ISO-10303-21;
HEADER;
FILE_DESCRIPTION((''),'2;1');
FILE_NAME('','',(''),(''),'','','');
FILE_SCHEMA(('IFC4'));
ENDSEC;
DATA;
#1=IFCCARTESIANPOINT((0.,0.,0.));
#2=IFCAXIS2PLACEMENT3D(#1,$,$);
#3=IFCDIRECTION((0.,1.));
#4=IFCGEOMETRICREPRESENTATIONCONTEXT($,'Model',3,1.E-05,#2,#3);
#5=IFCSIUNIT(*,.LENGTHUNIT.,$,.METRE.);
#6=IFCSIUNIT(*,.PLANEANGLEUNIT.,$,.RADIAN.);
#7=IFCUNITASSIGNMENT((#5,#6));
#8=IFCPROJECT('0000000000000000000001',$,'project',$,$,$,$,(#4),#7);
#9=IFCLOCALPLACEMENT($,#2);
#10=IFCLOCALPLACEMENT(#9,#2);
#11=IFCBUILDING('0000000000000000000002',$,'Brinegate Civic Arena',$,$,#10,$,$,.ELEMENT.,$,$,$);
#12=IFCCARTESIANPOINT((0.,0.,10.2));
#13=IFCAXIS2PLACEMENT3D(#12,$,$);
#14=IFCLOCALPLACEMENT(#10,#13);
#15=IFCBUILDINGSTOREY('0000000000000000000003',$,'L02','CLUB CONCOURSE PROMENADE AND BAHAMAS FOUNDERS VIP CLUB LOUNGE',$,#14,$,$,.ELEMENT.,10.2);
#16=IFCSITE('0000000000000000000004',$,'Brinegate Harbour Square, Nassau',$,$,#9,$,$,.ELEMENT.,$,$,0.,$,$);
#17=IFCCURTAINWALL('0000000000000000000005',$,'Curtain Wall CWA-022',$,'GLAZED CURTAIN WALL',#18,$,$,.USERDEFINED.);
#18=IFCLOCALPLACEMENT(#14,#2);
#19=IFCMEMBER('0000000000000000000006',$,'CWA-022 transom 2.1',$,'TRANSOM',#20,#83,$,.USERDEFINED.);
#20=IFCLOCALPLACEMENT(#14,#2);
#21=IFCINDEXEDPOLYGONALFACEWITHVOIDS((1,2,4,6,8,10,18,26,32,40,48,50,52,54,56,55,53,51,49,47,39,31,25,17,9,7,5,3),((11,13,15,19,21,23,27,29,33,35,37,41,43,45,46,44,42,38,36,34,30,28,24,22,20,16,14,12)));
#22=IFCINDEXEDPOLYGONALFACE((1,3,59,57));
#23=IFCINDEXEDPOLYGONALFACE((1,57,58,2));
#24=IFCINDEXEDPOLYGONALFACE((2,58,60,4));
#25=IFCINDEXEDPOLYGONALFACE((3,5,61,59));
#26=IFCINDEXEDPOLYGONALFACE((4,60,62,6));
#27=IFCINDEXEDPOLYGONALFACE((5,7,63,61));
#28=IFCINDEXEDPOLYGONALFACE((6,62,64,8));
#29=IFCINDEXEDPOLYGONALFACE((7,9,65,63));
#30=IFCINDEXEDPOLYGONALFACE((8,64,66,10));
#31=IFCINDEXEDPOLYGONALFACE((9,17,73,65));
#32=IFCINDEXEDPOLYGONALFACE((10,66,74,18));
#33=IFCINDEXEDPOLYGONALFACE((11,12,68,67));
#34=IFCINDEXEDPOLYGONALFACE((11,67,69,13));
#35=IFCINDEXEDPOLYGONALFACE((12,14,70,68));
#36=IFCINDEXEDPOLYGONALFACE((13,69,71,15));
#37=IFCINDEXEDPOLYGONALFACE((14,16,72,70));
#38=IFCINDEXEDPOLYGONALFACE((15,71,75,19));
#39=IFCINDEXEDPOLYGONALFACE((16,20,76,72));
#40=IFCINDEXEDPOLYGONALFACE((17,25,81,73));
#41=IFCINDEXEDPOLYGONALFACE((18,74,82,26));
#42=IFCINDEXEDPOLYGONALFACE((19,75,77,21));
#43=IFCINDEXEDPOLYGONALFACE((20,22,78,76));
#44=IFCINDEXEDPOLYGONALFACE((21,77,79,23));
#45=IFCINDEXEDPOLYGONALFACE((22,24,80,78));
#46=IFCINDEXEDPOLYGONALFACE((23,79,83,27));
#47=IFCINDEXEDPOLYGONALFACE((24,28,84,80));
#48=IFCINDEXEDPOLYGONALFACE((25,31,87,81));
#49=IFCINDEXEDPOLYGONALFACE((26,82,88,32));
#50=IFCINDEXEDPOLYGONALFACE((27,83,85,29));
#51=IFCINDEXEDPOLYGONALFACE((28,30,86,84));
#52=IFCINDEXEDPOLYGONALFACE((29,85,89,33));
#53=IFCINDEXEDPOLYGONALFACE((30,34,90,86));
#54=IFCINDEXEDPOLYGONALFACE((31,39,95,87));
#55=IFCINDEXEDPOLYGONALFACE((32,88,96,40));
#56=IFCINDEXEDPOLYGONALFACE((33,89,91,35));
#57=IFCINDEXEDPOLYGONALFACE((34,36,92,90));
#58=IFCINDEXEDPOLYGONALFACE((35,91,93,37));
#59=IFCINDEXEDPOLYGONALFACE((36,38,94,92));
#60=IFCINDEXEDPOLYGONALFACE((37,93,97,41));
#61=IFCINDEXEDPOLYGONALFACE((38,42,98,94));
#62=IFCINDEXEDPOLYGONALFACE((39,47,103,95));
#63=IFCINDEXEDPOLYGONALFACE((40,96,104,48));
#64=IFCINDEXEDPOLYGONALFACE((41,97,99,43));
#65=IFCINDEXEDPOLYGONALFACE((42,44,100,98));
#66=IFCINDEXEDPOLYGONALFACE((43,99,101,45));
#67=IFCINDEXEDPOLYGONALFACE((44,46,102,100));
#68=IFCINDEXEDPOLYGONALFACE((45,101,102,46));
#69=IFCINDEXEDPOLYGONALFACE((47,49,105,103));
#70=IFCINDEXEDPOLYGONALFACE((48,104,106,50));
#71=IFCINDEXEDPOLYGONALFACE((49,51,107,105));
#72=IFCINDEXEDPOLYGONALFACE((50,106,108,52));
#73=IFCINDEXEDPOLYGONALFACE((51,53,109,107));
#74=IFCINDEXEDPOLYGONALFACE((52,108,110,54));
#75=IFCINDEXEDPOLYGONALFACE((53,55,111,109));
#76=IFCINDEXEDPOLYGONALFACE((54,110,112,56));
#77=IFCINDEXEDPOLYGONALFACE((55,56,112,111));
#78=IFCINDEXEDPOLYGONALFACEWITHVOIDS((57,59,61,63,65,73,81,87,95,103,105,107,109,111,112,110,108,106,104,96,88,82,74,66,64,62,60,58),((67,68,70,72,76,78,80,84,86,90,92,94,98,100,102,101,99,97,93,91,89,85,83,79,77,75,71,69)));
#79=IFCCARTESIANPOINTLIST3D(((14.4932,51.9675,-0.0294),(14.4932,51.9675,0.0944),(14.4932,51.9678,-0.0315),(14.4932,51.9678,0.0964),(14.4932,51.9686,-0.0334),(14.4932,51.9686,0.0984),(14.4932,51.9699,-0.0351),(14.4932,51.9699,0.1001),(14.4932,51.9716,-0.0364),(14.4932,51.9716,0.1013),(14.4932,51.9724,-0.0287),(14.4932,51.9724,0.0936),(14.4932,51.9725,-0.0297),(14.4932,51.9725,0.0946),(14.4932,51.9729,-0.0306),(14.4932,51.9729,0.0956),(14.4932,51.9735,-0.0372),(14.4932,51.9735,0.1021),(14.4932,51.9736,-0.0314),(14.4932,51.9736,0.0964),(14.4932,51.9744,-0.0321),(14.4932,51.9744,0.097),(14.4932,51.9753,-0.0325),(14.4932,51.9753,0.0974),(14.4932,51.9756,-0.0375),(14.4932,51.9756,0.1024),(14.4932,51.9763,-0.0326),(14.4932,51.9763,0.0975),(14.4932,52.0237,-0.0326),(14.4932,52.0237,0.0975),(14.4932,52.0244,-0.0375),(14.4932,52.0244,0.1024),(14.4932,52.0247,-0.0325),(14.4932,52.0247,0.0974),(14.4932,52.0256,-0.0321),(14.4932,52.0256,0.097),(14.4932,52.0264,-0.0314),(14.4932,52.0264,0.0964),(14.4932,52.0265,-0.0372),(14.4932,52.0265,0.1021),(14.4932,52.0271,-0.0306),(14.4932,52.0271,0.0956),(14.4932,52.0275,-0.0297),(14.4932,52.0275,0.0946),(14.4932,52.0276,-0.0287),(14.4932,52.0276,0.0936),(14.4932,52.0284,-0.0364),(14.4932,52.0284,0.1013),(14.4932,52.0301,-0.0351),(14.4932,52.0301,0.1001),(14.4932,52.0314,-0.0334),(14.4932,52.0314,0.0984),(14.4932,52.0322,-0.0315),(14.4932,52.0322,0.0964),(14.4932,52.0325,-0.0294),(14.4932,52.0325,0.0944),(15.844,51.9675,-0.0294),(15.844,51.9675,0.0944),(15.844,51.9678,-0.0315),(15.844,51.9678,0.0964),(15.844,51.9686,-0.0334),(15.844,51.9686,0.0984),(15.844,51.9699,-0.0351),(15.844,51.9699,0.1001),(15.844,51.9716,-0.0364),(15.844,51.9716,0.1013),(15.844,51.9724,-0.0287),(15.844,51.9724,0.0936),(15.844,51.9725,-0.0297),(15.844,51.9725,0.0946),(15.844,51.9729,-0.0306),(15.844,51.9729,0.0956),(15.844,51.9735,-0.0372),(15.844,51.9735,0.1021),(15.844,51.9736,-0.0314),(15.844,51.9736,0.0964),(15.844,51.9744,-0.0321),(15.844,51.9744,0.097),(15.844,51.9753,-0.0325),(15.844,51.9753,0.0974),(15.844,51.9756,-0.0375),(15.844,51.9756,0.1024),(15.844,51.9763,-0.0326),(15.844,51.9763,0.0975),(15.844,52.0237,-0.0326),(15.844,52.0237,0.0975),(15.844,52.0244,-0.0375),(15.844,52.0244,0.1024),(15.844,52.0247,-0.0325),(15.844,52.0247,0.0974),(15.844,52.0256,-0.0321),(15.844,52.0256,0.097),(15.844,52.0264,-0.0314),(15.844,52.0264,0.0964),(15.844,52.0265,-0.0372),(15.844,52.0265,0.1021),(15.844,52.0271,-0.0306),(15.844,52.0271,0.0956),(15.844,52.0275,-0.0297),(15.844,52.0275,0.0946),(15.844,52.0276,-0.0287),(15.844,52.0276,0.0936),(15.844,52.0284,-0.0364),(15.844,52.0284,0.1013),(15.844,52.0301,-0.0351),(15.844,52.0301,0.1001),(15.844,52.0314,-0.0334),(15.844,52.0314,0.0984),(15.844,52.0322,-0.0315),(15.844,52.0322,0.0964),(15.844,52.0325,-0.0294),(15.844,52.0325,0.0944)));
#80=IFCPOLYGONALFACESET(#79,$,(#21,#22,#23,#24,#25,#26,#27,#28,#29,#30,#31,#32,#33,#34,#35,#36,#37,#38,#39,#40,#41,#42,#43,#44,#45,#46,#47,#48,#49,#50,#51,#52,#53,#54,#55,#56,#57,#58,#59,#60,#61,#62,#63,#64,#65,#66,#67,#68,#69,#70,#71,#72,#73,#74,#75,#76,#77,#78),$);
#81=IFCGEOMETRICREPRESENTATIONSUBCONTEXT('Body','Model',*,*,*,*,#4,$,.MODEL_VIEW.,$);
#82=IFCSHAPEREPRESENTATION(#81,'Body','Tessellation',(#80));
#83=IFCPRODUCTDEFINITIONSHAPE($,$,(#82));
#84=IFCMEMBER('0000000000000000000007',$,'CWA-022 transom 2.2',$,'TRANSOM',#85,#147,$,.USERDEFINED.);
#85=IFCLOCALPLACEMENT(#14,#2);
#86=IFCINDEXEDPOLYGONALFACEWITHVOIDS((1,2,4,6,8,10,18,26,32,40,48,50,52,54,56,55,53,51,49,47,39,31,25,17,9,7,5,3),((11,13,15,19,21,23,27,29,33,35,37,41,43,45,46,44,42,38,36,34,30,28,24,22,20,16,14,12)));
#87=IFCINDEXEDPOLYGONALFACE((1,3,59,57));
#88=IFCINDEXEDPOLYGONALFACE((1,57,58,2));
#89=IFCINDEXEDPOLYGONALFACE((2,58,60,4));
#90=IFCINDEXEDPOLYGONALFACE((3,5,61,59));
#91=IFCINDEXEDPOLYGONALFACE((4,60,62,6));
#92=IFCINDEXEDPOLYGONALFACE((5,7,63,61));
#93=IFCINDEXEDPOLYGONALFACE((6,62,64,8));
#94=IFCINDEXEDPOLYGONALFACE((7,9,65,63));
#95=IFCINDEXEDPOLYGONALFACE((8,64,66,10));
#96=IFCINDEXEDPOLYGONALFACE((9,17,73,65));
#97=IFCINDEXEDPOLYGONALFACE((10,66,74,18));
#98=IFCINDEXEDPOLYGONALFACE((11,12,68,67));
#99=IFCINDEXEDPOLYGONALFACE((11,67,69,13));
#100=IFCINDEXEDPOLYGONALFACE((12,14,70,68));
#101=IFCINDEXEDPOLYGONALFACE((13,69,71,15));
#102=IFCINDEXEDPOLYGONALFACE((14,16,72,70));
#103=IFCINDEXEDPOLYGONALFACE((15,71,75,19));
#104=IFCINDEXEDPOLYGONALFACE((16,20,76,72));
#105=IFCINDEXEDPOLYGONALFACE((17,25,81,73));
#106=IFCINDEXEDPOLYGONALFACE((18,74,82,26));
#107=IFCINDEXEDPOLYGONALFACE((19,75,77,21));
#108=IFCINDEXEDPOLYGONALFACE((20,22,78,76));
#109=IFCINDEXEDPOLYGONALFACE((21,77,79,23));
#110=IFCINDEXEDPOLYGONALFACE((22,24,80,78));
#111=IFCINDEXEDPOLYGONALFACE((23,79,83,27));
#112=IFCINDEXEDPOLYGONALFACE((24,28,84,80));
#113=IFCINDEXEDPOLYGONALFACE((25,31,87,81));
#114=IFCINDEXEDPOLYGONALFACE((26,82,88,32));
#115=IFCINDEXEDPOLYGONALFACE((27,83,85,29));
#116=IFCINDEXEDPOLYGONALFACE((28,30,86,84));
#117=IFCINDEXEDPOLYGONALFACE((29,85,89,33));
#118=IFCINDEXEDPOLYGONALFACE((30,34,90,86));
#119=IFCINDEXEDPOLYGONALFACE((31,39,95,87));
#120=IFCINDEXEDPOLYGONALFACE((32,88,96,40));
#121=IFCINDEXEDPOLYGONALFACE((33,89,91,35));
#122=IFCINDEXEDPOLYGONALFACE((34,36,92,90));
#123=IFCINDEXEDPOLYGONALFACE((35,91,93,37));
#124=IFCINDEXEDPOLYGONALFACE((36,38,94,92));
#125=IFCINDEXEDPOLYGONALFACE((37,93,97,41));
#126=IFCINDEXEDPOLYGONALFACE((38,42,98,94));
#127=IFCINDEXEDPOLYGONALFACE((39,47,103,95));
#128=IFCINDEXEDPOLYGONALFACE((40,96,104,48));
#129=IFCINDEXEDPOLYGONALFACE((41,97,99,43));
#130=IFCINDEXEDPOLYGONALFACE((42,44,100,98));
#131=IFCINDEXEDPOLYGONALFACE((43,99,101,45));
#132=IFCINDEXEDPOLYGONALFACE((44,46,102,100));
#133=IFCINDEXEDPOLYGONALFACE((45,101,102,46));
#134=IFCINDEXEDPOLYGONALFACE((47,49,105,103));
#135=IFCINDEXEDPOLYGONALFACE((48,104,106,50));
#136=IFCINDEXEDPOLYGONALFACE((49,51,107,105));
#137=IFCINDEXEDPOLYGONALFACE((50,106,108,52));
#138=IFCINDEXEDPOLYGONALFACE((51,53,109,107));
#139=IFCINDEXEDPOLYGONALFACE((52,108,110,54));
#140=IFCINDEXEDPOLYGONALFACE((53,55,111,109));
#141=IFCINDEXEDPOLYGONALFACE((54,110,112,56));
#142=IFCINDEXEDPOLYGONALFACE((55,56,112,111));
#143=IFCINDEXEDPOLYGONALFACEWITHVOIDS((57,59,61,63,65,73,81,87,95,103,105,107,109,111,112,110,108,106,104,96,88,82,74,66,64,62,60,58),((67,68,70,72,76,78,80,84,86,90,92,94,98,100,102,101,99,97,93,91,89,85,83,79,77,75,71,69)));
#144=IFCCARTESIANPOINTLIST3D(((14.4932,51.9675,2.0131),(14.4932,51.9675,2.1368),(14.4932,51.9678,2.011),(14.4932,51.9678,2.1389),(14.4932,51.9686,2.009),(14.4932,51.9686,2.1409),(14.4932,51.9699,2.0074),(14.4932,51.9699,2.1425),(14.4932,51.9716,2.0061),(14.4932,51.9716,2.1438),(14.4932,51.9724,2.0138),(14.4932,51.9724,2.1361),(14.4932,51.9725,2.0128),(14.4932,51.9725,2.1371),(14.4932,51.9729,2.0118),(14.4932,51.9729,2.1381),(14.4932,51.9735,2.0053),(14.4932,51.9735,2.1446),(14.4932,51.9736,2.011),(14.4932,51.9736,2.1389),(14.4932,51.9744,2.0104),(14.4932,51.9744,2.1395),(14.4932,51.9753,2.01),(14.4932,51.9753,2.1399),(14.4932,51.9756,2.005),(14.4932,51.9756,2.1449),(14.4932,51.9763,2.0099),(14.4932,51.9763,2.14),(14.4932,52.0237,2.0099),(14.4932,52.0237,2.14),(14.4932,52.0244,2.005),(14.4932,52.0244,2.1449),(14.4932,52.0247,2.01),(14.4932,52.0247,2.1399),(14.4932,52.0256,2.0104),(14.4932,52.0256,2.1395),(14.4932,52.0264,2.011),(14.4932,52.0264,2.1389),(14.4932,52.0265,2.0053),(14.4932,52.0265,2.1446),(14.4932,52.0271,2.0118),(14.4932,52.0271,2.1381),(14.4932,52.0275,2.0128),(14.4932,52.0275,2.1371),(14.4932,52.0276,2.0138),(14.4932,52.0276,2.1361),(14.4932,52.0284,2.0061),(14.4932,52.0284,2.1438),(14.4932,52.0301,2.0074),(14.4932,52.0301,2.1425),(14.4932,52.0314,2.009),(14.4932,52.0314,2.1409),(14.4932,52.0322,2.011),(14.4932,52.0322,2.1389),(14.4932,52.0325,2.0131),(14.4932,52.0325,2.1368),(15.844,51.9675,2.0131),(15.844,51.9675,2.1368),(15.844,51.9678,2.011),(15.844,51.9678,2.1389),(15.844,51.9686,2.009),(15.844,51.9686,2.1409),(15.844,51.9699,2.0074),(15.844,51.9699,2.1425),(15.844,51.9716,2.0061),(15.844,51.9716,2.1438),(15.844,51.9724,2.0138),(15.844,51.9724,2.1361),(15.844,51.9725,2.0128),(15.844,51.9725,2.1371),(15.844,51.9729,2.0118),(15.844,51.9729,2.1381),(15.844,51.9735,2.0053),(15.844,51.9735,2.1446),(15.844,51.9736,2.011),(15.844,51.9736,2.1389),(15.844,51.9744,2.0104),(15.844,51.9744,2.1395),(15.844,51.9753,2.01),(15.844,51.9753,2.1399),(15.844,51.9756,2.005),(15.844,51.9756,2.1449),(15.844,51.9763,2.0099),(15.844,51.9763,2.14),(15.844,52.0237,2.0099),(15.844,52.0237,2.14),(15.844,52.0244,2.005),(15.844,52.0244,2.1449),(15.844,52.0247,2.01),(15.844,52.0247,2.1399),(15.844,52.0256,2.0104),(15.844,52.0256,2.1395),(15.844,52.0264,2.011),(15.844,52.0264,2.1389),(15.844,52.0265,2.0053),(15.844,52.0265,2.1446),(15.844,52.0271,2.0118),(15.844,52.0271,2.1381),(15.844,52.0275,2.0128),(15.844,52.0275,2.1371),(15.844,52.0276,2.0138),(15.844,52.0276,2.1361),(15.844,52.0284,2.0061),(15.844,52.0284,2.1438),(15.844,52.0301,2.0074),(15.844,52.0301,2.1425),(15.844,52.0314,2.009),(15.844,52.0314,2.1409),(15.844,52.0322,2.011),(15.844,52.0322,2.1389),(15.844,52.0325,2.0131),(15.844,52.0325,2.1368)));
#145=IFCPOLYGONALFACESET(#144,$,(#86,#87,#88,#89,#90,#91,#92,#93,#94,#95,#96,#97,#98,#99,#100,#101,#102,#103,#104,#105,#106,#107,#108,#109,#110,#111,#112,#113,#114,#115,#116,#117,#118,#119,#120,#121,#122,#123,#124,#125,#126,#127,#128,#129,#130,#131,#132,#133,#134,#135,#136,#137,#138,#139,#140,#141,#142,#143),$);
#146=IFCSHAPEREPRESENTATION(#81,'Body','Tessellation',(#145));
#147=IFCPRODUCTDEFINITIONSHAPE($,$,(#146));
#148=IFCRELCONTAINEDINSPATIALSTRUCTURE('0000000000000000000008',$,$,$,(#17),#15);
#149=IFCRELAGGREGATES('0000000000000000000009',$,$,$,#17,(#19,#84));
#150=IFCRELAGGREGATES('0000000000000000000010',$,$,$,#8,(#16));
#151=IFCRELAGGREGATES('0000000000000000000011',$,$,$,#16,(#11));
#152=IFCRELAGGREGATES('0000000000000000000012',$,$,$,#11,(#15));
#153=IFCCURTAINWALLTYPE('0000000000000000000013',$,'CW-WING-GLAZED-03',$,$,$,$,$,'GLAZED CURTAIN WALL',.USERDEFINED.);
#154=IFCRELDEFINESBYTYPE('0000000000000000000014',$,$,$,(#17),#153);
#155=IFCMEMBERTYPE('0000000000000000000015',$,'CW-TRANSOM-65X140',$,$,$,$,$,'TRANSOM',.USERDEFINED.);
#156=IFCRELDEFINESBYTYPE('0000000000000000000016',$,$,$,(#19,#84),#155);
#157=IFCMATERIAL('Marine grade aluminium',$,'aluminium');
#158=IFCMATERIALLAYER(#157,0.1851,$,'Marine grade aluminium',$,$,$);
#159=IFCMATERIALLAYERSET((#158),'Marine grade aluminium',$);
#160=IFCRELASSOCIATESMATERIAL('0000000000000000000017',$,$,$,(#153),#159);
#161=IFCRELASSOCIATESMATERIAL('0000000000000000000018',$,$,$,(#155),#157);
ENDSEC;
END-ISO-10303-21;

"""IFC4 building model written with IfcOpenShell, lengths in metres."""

from ifc_helpers import new_model, si_unit, direction, frame, origin, origin_2d, place, context, subcontext, project, spatial, hollow_rectangle, extrude, material, layer, layer_set, material_profile, profile_set, type_object, element, aggregate, save


model = new_model("IFC4")

# Units and contexts
model_context = context("Model", 3, precision=1e-05, world=origin(), true_north=direction((0.0, 1.0)))
body_context = subcontext(model_context, "Body", "Model", "MODEL_VIEW")
ifc_project = project(units=[si_unit("LENGTHUNIT", "METRE"), si_unit("PLANEANGLEUNIT", "RADIAN")], contexts=[model_context])

# Site, building, storey
site_placement = place(None, origin())
site = spatial("IfcSite", under=ifc_project, at=site_placement, Name="Brinegate Harbour Square, Nassau", CompositionType="ELEMENT", RefElevation=0.0)
building_placement = place(site_placement, origin())
building = spatial("IfcBuilding", under=site, at=building_placement, Name="Brinegate Civic Arena", CompositionType="ELEMENT")
storey_placement = place(building_placement, frame((0.0, 0.0, 10.2)))
storey = spatial("IfcBuildingStorey", under=building, at=storey_placement, Name="L02", Description="CLUB CONCOURSE PROMENADE AND BAHAMAS FOUNDERS VIP CLUB LOUNGE", CompositionType="ELEMENT", Elevation=10.2)

# Curtain wall, members
ifc_material_1 = material(Name="Marine grade aluminium", Category="aluminium")
ifc_layer_1 = layer(ifc_material_1, 0.1851, Name="Marine grade aluminium")
ifc_layer_set_1 = layer_set([ifc_layer_1], Name="Marine grade aluminium")
curtain_wall_type = type_object("IfcCurtainWallType", Name="CW-WING-GLAZED-03", ElementType="GLAZED CURTAIN WALL", PredefinedType="USERDEFINED", material=ifc_layer_set_1)
curtain_wall_placement = place(storey_placement, origin())
curtain_wall = element("IfcCurtainWall", 1, at=curtain_wall_placement, inside=storey, type_object=curtain_wall_type, Name="Curtain Wall CWA-022", ObjectType="GLAZED CURTAIN WALL", PredefinedType="USERDEFINED")
ifc_material_profile_1 = material_profile(ifc_material_1, hollow_rectangle(XDim=0.0649, YDim=0.1399, WallThickness=0.0049, InnerFilletRadius=0.0039, OuterFilletRadius=0.0081, at=origin_2d()), Name="TRN65X140")
ifc_profile_set_1 = profile_set([ifc_material_profile_1], Name="Marine grade aluminium")
member_type_1 = type_object("IfcMemberType", Name="CW-TRANSOM-65X140", ElementType="TRANSOM", PredefinedType="USERDEFINED", material=ifc_profile_set_1)
member_1_placement = place(storey_placement, frame((14.4932, 52.0, 0.0325), z_axis=(1.0, 0.0, 0.0), x_axis=(0.0, 1.0, 0.0)))
member_1 = element("IfcMember", 2, at=member_1_placement, type_object=member_type_1, Name="CWA-022 transom 2.1", ObjectType="TRANSOM", PredefinedType="USERDEFINED", context=body_context, shape_type="SweptSolid", body=[
    extrude(hollow_rectangle(XDim=0.0649, YDim=0.1399, WallThickness=0.0049, InnerFilletRadius=0.0039, OuterFilletRadius=0.0081, at=origin_2d()), origin(), (0.0, 0.0, 1.0), 1.3508),
])
member_2_placement = place(storey_placement, frame((14.4932, 52.0, 2.075), z_axis=(1.0, 0.0, 0.0), x_axis=(0.0, 1.0, 0.0)))
member_2 = element("IfcMember", 3, at=member_2_placement, type_object=member_type_1, Name="CWA-022 transom 2.2", ObjectType="TRANSOM", PredefinedType="USERDEFINED", context=body_context, shape_type="SweptSolid", body=[
    extrude(hollow_rectangle(XDim=0.0649, YDim=0.1399, WallThickness=0.0049, InnerFilletRadius=0.0039, OuterFilletRadius=0.0081, at=origin_2d()), origin(), (0.0, 0.0, 1.0), 1.3508),
])
aggregate(curtain_wall, [member_1, member_2])

save(model, "model.ifc")
